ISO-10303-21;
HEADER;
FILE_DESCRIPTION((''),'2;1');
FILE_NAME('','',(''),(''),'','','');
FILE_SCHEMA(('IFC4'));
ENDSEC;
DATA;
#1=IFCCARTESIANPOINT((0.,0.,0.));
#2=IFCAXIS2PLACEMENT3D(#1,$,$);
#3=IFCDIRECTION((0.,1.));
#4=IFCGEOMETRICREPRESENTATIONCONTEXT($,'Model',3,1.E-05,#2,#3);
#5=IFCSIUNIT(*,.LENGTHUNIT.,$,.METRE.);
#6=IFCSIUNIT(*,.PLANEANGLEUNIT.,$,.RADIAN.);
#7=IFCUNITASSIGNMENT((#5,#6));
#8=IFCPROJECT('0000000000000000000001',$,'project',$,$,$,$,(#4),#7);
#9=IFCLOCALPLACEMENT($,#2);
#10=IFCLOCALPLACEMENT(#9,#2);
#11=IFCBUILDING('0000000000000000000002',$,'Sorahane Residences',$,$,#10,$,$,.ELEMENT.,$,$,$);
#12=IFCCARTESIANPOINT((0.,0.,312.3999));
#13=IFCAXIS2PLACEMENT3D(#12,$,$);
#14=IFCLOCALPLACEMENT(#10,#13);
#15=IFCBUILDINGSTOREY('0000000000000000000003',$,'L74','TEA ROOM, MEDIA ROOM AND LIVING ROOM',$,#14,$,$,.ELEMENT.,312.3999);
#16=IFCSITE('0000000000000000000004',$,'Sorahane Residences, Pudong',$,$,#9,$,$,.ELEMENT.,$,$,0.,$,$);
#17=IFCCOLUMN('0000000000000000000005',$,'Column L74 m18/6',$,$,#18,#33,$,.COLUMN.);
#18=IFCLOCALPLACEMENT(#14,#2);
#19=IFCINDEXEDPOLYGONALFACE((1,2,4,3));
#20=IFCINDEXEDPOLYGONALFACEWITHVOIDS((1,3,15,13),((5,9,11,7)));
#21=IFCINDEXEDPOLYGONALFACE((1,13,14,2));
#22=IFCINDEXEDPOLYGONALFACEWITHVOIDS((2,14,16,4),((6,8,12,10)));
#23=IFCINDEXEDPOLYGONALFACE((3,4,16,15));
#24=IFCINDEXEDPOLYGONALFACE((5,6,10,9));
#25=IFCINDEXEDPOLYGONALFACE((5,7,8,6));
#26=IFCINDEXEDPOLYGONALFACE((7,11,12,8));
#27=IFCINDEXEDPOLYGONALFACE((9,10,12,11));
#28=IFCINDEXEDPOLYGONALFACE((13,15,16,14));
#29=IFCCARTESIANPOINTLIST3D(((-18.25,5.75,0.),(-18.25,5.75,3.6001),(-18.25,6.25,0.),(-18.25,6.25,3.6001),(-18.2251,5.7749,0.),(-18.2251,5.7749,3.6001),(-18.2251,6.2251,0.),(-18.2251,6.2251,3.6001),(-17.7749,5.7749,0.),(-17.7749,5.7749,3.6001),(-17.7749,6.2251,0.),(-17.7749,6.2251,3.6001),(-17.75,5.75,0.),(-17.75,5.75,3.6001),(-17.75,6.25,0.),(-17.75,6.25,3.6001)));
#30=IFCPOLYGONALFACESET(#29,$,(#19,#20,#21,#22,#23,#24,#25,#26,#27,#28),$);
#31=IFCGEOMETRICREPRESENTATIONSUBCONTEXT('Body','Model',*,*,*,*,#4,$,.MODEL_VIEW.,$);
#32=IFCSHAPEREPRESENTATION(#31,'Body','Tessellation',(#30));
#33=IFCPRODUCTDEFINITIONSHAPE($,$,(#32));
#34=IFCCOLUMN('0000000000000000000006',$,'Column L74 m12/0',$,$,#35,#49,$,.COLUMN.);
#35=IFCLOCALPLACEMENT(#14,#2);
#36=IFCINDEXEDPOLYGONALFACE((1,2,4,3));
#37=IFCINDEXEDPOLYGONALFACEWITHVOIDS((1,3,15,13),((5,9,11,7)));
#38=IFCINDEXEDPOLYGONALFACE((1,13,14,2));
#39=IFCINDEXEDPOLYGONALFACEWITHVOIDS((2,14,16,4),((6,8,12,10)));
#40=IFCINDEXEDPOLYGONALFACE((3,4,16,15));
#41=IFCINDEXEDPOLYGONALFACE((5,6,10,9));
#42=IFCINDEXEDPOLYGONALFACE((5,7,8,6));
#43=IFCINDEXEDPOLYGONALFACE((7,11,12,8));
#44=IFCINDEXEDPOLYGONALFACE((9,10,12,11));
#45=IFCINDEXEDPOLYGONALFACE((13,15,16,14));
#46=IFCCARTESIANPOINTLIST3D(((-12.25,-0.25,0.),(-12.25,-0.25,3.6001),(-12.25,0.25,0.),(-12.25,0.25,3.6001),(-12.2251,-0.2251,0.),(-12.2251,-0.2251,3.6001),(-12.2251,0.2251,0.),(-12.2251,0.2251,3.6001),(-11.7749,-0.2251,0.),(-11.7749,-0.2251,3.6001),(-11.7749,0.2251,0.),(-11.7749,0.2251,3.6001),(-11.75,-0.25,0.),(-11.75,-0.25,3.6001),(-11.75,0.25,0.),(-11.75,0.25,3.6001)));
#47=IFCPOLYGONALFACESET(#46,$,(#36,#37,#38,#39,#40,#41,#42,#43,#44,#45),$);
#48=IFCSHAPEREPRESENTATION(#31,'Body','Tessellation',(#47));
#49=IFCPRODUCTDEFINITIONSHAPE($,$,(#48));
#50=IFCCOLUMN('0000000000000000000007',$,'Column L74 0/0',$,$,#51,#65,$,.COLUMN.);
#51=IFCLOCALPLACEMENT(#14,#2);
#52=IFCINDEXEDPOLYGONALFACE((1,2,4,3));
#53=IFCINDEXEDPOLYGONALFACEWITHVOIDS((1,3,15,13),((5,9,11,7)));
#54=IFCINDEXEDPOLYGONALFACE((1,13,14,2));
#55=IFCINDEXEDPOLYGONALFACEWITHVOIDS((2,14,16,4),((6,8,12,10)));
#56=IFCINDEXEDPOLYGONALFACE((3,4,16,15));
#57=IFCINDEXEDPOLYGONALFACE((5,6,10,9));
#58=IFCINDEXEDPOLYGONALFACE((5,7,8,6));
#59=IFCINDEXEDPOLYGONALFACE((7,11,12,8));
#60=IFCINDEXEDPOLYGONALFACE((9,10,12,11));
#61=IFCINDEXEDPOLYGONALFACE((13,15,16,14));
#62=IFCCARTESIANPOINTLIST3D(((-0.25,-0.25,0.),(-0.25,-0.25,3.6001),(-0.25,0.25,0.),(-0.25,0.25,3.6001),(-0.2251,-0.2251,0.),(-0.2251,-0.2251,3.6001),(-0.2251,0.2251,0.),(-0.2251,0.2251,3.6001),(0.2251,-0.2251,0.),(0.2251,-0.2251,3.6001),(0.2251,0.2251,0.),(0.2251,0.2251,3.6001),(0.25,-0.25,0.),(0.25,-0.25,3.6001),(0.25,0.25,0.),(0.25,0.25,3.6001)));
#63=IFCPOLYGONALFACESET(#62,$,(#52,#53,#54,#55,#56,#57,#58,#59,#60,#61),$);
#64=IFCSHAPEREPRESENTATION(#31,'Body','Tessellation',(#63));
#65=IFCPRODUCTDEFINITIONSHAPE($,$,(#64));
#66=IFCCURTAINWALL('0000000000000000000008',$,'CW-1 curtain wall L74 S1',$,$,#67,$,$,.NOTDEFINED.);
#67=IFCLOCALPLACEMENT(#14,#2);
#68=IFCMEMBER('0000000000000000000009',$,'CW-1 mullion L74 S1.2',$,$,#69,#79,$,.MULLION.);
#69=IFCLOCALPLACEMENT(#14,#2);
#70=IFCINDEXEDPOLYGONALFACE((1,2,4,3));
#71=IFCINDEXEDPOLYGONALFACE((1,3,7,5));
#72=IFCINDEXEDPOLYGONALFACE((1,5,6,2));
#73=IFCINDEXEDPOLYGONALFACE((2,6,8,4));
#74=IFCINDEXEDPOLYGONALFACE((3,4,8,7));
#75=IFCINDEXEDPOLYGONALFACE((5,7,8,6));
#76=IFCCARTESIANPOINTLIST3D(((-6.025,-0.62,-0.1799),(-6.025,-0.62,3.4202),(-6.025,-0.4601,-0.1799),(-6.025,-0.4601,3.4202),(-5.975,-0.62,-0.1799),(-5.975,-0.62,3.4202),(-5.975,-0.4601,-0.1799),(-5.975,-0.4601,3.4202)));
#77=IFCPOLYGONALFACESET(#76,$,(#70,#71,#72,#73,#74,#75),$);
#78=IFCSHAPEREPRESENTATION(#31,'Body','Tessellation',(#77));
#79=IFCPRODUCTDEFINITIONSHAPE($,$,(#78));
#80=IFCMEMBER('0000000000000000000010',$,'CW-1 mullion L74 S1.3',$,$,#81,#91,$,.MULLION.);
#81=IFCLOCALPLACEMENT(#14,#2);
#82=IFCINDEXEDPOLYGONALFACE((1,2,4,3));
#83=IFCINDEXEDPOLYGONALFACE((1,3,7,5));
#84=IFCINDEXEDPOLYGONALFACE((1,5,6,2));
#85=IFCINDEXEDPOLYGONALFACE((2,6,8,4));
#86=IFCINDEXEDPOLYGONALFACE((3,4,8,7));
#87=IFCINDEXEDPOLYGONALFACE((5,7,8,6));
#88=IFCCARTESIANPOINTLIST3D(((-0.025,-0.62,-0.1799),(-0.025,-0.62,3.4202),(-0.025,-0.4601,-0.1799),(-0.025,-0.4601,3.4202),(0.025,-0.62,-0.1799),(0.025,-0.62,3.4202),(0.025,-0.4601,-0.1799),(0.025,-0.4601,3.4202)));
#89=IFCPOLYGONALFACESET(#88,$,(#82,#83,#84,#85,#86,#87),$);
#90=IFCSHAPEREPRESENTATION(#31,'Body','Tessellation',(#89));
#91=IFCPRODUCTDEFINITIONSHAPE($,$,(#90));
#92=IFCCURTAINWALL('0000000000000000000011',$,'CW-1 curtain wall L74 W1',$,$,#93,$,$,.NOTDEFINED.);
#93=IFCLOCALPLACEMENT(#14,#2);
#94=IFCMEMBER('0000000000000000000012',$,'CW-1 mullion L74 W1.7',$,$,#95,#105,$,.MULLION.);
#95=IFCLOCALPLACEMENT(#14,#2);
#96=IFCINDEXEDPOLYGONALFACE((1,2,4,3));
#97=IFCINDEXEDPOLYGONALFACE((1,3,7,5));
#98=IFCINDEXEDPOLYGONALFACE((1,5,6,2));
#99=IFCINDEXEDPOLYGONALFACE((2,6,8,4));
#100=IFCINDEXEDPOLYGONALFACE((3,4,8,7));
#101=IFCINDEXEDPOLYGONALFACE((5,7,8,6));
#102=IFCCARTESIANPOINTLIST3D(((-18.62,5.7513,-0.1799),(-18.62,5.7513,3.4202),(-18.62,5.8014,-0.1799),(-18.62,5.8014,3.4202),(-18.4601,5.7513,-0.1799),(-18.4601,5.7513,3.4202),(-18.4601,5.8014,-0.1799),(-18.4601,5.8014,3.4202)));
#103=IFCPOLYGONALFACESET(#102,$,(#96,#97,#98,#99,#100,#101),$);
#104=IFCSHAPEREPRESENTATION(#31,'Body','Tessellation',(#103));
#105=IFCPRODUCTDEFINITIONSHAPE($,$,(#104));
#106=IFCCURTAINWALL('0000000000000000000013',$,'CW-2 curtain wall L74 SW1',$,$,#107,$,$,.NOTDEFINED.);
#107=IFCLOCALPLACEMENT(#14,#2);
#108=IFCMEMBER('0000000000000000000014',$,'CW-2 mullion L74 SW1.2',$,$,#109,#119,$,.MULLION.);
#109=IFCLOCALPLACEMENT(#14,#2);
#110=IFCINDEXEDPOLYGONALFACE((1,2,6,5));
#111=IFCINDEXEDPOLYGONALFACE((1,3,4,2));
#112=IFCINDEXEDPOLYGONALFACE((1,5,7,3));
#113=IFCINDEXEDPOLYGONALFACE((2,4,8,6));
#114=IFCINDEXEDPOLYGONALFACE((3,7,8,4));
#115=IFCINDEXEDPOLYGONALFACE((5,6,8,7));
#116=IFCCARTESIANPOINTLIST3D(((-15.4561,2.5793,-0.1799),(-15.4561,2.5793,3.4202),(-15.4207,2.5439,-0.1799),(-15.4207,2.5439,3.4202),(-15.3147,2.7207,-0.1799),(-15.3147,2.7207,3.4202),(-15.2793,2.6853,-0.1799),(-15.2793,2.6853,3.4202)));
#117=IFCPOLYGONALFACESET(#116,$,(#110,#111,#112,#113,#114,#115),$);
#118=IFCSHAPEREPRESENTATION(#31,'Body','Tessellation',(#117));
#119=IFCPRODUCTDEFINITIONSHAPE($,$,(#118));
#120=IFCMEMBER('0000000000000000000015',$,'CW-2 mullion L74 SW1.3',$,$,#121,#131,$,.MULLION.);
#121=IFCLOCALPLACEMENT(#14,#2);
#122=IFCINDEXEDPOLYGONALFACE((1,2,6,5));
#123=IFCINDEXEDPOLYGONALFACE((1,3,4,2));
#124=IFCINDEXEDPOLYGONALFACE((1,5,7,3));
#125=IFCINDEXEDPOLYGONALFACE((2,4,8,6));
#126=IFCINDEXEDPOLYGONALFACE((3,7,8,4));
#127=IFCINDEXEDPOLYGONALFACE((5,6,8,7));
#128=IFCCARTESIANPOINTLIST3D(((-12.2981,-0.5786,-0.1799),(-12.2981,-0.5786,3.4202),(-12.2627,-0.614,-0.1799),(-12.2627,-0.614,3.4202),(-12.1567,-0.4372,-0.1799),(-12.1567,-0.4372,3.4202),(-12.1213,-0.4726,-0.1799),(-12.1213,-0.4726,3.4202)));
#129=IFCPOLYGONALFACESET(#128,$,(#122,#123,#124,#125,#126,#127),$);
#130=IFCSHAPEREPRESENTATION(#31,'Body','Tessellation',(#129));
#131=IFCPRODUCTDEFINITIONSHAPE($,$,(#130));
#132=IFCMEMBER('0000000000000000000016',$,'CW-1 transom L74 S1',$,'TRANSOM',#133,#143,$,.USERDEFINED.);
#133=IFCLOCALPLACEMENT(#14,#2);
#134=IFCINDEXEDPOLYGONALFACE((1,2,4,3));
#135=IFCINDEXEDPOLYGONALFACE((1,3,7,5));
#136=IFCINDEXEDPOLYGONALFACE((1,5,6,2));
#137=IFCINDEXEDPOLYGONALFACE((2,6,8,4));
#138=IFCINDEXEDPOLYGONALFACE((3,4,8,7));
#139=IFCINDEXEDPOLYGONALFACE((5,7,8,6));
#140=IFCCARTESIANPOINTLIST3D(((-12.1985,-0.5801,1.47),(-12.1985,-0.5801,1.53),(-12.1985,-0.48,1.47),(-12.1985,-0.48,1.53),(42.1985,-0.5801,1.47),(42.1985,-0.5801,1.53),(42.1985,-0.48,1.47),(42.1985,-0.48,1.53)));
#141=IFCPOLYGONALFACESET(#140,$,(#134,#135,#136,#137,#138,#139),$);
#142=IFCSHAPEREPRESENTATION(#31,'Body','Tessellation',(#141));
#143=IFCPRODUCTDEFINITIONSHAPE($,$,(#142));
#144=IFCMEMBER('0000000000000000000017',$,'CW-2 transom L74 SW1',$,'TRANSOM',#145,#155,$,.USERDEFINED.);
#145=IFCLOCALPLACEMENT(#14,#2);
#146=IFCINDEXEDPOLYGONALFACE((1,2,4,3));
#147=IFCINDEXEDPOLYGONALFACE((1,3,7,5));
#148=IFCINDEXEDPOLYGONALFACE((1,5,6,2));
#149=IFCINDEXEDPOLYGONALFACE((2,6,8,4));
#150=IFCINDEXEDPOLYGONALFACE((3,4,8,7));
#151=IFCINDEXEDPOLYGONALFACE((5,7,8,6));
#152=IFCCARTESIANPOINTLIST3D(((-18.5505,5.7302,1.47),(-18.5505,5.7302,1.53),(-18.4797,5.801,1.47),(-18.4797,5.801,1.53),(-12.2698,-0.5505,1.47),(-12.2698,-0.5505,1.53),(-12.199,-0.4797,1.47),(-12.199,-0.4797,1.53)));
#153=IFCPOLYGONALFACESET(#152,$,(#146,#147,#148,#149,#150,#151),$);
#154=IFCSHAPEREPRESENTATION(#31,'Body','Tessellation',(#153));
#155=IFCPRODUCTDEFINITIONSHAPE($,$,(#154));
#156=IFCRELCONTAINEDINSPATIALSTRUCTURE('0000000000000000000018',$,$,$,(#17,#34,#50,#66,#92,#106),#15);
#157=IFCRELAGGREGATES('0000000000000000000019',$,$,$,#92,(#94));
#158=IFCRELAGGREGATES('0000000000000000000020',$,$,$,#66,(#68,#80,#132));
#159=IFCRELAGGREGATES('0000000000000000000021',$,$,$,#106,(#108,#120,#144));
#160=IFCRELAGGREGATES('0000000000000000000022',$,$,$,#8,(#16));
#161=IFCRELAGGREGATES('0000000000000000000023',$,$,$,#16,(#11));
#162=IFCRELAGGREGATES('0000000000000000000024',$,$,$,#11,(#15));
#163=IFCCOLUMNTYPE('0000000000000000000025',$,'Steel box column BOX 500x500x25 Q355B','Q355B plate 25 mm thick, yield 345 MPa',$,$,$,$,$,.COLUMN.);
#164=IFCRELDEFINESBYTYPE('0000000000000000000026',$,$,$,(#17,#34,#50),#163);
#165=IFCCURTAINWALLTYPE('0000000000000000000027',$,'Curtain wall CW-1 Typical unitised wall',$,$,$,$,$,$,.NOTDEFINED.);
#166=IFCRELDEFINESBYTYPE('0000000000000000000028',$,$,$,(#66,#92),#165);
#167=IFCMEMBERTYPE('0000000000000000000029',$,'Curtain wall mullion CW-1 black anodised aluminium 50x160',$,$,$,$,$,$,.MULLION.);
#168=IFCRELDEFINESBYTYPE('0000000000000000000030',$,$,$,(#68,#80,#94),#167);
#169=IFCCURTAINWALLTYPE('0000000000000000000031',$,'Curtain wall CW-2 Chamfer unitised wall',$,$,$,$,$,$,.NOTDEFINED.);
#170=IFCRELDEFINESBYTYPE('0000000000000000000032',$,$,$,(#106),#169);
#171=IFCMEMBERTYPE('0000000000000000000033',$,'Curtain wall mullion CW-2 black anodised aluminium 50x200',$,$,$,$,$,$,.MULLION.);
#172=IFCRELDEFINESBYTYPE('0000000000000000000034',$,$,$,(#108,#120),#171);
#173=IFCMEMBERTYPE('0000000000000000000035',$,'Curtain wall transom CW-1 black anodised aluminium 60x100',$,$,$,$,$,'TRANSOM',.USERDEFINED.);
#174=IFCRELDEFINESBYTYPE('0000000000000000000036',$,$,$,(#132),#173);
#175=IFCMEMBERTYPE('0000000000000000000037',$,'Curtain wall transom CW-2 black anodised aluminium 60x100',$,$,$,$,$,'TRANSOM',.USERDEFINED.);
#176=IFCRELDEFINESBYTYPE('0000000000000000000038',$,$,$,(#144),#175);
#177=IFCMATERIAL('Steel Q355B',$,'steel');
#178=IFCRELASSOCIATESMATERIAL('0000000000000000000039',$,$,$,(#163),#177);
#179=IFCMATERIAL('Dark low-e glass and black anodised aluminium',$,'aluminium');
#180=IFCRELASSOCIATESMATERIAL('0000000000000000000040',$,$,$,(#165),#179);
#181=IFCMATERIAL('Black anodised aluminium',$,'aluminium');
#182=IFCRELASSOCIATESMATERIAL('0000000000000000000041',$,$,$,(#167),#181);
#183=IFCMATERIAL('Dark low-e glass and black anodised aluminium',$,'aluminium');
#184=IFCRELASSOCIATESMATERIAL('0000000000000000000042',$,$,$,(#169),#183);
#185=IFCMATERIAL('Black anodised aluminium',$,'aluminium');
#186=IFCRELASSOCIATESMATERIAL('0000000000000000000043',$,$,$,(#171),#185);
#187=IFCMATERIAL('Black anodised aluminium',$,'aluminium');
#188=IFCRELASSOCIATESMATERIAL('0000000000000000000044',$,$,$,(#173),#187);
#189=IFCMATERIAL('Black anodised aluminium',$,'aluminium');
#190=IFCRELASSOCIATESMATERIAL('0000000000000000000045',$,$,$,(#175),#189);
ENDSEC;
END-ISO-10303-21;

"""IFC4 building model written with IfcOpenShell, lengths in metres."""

from ifc_helpers import new_model, si_unit, direction, frame, origin, origin_2d, place, context, subcontext, project, spatial, rectangle, hollow_rectangle, extrude, material, material_profile, profile_set, type_object, element, aggregate, save


model = new_model("IFC4")

# Units and contexts
model_context = context("Model", 3, precision=1e-05, world=origin(), true_north=direction((0.0, 1.0)))
body_context = subcontext(model_context, "Body", "Model", "MODEL_VIEW")
ifc_project = project(units=[si_unit("LENGTHUNIT", "METRE"), si_unit("PLANEANGLEUNIT", "RADIAN")], contexts=[model_context])

# Site, building, storey
site_placement = place(None, origin())
site = spatial("IfcSite", under=ifc_project, at=site_placement, Name="Sorahane Residences, Pudong", CompositionType="ELEMENT", RefElevation=0.0)
building_placement = place(site_placement, origin())
building = spatial("IfcBuilding", under=site, at=building_placement, Name="Sorahane Residences", CompositionType="ELEMENT")
storey_placement = place(building_placement, frame((0.0, 0.0, 312.3999)))
storey = spatial("IfcBuildingStorey", under=building, at=storey_placement, Name="L74", Description="TEA ROOM, MEDIA ROOM AND LIVING ROOM", CompositionType="ELEMENT", Elevation=312.3999)

# Columns
ifc_material_1 = material(Name="Steel Q355B", Category="steel")
ifc_material_profile_1 = material_profile(ifc_material_1, hollow_rectangle(XDim=0.5, YDim=0.5, WallThickness=0.0249, at=origin_2d()), Name="BOX 500x500x25")
ifc_profile_set_1 = profile_set([ifc_material_profile_1], Name="Steel Q355B")
column_type = type_object("IfcColumnType", Name="Steel box column BOX 500x500x25 Q355B", Description="Q355B plate 25 mm thick, yield 345 MPa", PredefinedType="COLUMN", material=ifc_profile_set_1)
for number, where, z_axis, x_axis, name in (
    (1, (-18.0, 6.0, 0.0), (0.0, 0.0, 1.0), (1.0, 0.0, 0.0), "Column L74 m18/6"),
    (2, (-12.0, 0.0, 0.0), (0.0, 0.0, 1.0), (1.0, 0.0, 0.0), "Column L74 m12/0"),
    (3, (0.0, 0.0, 0.0), (0.0, 0.0, 1.0), (1.0, 0.0, 0.0), "Column L74 0/0"),
):
    element("IfcColumn", number, at=place(storey_placement, frame(where, z_axis=z_axis, x_axis=x_axis)), inside=storey, type_object=column_type, Name=name, PredefinedType="COLUMN", context=body_context, shape_type="SweptSolid", body=[
        extrude(hollow_rectangle(XDim=0.5, YDim=0.5, WallThickness=0.0249, at=origin_2d()), origin(), (0.0, 0.0, 1.0), 3.6001),
    ])

# Curtain wall, members
ifc_material_2 = material(Name="Dark low-e glass and black anodised aluminium", Category="aluminium")
curtain_wall_type_1 = type_object("IfcCurtainWallType", Name="Curtain wall CW-1 Typical unitised wall", PredefinedType="NOTDEFINED", material=ifc_material_2)
curtain_wall_1_placement = place(storey_placement, origin())
curtain_wall_1 = element("IfcCurtainWall", 4, at=curtain_wall_1_placement, inside=storey, type_object=curtain_wall_type_1, Name="CW-1 curtain wall L74 S1", PredefinedType="NOTDEFINED")
ifc_material_3 = material(Name="Black anodised aluminium", Category="aluminium")
ifc_material_profile_2 = material_profile(ifc_material_3, rectangle(XDim=0.1599, YDim=0.05, at=origin_2d()), Name="Curtain wall mullion CW-1 black anodised aluminium 50x160")
ifc_profile_set_2 = profile_set([ifc_material_profile_2], Name="Black anodised aluminium")
member_type_1 = type_object("IfcMemberType", Name="Curtain wall mullion CW-1 black anodised aluminium 50x160", PredefinedType="MULLION", material=ifc_profile_set_2)
member_1_placement = place(storey_placement, frame((-6.0, -0.54, -0.1799), z_axis=(0.0, 0.0, 1.0), x_axis=(0.0, -1.0, 0.0)))
member_1 = element("IfcMember", 5, at=member_1_placement, type_object=member_type_1, Name="CW-1 mullion L74 S1.2", PredefinedType="MULLION", context=body_context, shape_type="SweptSolid", body=[
    extrude(rectangle(XDim=0.1599, YDim=0.05, at=origin_2d()), origin(), (0.0, 0.0, 1.0), 3.6001),
])
member_2_placement = place(storey_placement, frame((0.0, -0.54, -0.1799), z_axis=(0.0, 0.0, 1.0), x_axis=(0.0, -1.0, 0.0)))
member_2 = element("IfcMember", 6, at=member_2_placement, type_object=member_type_1, Name="CW-1 mullion L74 S1.3", PredefinedType="MULLION", context=body_context, shape_type="SweptSolid", body=[
    extrude(rectangle(XDim=0.1599, YDim=0.05, at=origin_2d()), origin(), (0.0, 0.0, 1.0), 3.6001),
])

# Curtain wall, member
curtain_wall_2_placement = place(storey_placement, origin())
curtain_wall_2 = element("IfcCurtainWall", 7, at=curtain_wall_2_placement, inside=storey, type_object=curtain_wall_type_1, Name="CW-1 curtain wall L74 W1", PredefinedType="NOTDEFINED")
member_3_placement = place(storey_placement, frame((-18.54, 5.7764, -0.1799), z_axis=(0.0, 0.0, 1.0), x_axis=(-1.0, 0.0, 0.0)))
member_3 = element("IfcMember", 8, at=member_3_placement, type_object=member_type_1, Name="CW-1 mullion L74 W1.7", PredefinedType="MULLION", context=body_context, shape_type="SweptSolid", body=[
    extrude(rectangle(XDim=0.1599, YDim=0.05, at=origin_2d()), origin(), (0.0, 0.0, 1.0), 3.6001),
])
aggregate(curtain_wall_2, [member_3])

# Curtain wall, members
ifc_material_4 = material(Name="Dark low-e glass and black anodised aluminium", Category="aluminium")
curtain_wall_type_2 = type_object("IfcCurtainWallType", Name="Curtain wall CW-2 Chamfer unitised wall", PredefinedType="NOTDEFINED", material=ifc_material_4)
curtain_wall_3_placement = place(storey_placement, origin())
curtain_wall_3 = element("IfcCurtainWall", 9, at=curtain_wall_3_placement, inside=storey, type_object=curtain_wall_type_2, Name="CW-2 curtain wall L74 SW1", PredefinedType="NOTDEFINED")
ifc_material_5 = material(Name="Black anodised aluminium", Category="aluminium")
ifc_material_profile_3 = material_profile(ifc_material_5, rectangle(XDim=0.2, YDim=0.05, at=origin_2d()), Name="Curtain wall mullion CW-2 black anodised aluminium 50x200")
ifc_profile_set_3 = profile_set([ifc_material_profile_3], Name="Black anodised aluminium")
member_type_2 = type_object("IfcMemberType", Name="Curtain wall mullion CW-2 black anodised aluminium 50x200", PredefinedType="MULLION", material=ifc_profile_set_3)
member_4_placement = place(storey_placement, frame((-15.3677, 2.6323, -0.1799), z_axis=(0.0, 0.0, 1.0), x_axis=(-0.707107, -0.707107, 0.0)))
member_4 = element("IfcMember", 10, at=member_4_placement, type_object=member_type_2, Name="CW-2 mullion L74 SW1.2", PredefinedType="MULLION", context=body_context, shape_type="SweptSolid", body=[
    extrude(rectangle(XDim=0.2, YDim=0.05, at=origin_2d()), origin(), (0.0, 0.0, 1.0), 3.6001),
])
member_5_placement = place(storey_placement, frame((-12.2097, -0.5256, -0.1799), z_axis=(0.0, 0.0, 1.0), x_axis=(-0.707107, -0.707107, 0.0)))
member_5 = element("IfcMember", 11, at=member_5_placement, type_object=member_type_2, Name="CW-2 mullion L74 SW1.3", PredefinedType="MULLION", context=body_context, shape_type="SweptSolid", body=[
    extrude(rectangle(XDim=0.2, YDim=0.05, at=origin_2d()), origin(), (0.0, 0.0, 1.0), 3.6001),
])

# Members
ifc_material_6 = material(Name="Black anodised aluminium", Category="aluminium")
ifc_material_profile_4 = material_profile(ifc_material_6, rectangle(XDim=0.1001, YDim=0.0601, at=origin_2d()), Name="Curtain wall transom CW-1 black anodised aluminium 60x100")
ifc_profile_set_4 = profile_set([ifc_material_profile_4], Name="Black anodised aluminium")
member_type_3 = type_object("IfcMemberType", Name="Curtain wall transom CW-1 black anodised aluminium 60x100", ElementType="TRANSOM", PredefinedType="USERDEFINED", material=ifc_profile_set_4)
member_6_placement = place(storey_placement, frame((-12.1985, -0.53, 1.5), z_axis=(1.0, 0.0, 0.0), x_axis=(0.0, 1.0, 0.0)))
member_6 = element("IfcMember", 12, at=member_6_placement, type_object=member_type_3, Name="CW-1 transom L74 S1", ObjectType="TRANSOM", PredefinedType="USERDEFINED", context=body_context, shape_type="SweptSolid", body=[
    extrude(rectangle(XDim=0.1001, YDim=0.0601, at=origin_2d()), origin(), (0.0, 0.0, 1.0), 54.397),
])
ifc_material_7 = material(Name="Black anodised aluminium", Category="aluminium")
ifc_material_profile_5 = material_profile(ifc_material_7, rectangle(XDim=0.1001, YDim=0.0601, at=origin_2d()), Name="Curtain wall transom CW-2 black anodised aluminium 60x100")
ifc_profile_set_5 = profile_set([ifc_material_profile_5], Name="Black anodised aluminium")
member_type_4 = type_object("IfcMemberType", Name="Curtain wall transom CW-2 black anodised aluminium 60x100", ElementType="TRANSOM", PredefinedType="USERDEFINED", material=ifc_profile_set_5)
member_7_placement = place(storey_placement, frame((-18.5151, 5.7656, 1.5), z_axis=(0.707107, -0.707107, 0.0), x_axis=(0.707107, 0.707107, 0.0)))
member_7 = element("IfcMember", 13, at=member_7_placement, type_object=member_type_4, Name="CW-2 transom L74 SW1", ObjectType="TRANSOM", PredefinedType="USERDEFINED", context=body_context, shape_type="SweptSolid", body=[
    extrude(rectangle(XDim=0.1001, YDim=0.0601, at=origin_2d()), origin(), (0.0, 0.0, 1.0), 8.8823),
])

aggregate(curtain_wall_1, [member_1, member_2, member_6])
aggregate(curtain_wall_3, [member_4, member_5, member_7])

save(model, "model.ifc")
